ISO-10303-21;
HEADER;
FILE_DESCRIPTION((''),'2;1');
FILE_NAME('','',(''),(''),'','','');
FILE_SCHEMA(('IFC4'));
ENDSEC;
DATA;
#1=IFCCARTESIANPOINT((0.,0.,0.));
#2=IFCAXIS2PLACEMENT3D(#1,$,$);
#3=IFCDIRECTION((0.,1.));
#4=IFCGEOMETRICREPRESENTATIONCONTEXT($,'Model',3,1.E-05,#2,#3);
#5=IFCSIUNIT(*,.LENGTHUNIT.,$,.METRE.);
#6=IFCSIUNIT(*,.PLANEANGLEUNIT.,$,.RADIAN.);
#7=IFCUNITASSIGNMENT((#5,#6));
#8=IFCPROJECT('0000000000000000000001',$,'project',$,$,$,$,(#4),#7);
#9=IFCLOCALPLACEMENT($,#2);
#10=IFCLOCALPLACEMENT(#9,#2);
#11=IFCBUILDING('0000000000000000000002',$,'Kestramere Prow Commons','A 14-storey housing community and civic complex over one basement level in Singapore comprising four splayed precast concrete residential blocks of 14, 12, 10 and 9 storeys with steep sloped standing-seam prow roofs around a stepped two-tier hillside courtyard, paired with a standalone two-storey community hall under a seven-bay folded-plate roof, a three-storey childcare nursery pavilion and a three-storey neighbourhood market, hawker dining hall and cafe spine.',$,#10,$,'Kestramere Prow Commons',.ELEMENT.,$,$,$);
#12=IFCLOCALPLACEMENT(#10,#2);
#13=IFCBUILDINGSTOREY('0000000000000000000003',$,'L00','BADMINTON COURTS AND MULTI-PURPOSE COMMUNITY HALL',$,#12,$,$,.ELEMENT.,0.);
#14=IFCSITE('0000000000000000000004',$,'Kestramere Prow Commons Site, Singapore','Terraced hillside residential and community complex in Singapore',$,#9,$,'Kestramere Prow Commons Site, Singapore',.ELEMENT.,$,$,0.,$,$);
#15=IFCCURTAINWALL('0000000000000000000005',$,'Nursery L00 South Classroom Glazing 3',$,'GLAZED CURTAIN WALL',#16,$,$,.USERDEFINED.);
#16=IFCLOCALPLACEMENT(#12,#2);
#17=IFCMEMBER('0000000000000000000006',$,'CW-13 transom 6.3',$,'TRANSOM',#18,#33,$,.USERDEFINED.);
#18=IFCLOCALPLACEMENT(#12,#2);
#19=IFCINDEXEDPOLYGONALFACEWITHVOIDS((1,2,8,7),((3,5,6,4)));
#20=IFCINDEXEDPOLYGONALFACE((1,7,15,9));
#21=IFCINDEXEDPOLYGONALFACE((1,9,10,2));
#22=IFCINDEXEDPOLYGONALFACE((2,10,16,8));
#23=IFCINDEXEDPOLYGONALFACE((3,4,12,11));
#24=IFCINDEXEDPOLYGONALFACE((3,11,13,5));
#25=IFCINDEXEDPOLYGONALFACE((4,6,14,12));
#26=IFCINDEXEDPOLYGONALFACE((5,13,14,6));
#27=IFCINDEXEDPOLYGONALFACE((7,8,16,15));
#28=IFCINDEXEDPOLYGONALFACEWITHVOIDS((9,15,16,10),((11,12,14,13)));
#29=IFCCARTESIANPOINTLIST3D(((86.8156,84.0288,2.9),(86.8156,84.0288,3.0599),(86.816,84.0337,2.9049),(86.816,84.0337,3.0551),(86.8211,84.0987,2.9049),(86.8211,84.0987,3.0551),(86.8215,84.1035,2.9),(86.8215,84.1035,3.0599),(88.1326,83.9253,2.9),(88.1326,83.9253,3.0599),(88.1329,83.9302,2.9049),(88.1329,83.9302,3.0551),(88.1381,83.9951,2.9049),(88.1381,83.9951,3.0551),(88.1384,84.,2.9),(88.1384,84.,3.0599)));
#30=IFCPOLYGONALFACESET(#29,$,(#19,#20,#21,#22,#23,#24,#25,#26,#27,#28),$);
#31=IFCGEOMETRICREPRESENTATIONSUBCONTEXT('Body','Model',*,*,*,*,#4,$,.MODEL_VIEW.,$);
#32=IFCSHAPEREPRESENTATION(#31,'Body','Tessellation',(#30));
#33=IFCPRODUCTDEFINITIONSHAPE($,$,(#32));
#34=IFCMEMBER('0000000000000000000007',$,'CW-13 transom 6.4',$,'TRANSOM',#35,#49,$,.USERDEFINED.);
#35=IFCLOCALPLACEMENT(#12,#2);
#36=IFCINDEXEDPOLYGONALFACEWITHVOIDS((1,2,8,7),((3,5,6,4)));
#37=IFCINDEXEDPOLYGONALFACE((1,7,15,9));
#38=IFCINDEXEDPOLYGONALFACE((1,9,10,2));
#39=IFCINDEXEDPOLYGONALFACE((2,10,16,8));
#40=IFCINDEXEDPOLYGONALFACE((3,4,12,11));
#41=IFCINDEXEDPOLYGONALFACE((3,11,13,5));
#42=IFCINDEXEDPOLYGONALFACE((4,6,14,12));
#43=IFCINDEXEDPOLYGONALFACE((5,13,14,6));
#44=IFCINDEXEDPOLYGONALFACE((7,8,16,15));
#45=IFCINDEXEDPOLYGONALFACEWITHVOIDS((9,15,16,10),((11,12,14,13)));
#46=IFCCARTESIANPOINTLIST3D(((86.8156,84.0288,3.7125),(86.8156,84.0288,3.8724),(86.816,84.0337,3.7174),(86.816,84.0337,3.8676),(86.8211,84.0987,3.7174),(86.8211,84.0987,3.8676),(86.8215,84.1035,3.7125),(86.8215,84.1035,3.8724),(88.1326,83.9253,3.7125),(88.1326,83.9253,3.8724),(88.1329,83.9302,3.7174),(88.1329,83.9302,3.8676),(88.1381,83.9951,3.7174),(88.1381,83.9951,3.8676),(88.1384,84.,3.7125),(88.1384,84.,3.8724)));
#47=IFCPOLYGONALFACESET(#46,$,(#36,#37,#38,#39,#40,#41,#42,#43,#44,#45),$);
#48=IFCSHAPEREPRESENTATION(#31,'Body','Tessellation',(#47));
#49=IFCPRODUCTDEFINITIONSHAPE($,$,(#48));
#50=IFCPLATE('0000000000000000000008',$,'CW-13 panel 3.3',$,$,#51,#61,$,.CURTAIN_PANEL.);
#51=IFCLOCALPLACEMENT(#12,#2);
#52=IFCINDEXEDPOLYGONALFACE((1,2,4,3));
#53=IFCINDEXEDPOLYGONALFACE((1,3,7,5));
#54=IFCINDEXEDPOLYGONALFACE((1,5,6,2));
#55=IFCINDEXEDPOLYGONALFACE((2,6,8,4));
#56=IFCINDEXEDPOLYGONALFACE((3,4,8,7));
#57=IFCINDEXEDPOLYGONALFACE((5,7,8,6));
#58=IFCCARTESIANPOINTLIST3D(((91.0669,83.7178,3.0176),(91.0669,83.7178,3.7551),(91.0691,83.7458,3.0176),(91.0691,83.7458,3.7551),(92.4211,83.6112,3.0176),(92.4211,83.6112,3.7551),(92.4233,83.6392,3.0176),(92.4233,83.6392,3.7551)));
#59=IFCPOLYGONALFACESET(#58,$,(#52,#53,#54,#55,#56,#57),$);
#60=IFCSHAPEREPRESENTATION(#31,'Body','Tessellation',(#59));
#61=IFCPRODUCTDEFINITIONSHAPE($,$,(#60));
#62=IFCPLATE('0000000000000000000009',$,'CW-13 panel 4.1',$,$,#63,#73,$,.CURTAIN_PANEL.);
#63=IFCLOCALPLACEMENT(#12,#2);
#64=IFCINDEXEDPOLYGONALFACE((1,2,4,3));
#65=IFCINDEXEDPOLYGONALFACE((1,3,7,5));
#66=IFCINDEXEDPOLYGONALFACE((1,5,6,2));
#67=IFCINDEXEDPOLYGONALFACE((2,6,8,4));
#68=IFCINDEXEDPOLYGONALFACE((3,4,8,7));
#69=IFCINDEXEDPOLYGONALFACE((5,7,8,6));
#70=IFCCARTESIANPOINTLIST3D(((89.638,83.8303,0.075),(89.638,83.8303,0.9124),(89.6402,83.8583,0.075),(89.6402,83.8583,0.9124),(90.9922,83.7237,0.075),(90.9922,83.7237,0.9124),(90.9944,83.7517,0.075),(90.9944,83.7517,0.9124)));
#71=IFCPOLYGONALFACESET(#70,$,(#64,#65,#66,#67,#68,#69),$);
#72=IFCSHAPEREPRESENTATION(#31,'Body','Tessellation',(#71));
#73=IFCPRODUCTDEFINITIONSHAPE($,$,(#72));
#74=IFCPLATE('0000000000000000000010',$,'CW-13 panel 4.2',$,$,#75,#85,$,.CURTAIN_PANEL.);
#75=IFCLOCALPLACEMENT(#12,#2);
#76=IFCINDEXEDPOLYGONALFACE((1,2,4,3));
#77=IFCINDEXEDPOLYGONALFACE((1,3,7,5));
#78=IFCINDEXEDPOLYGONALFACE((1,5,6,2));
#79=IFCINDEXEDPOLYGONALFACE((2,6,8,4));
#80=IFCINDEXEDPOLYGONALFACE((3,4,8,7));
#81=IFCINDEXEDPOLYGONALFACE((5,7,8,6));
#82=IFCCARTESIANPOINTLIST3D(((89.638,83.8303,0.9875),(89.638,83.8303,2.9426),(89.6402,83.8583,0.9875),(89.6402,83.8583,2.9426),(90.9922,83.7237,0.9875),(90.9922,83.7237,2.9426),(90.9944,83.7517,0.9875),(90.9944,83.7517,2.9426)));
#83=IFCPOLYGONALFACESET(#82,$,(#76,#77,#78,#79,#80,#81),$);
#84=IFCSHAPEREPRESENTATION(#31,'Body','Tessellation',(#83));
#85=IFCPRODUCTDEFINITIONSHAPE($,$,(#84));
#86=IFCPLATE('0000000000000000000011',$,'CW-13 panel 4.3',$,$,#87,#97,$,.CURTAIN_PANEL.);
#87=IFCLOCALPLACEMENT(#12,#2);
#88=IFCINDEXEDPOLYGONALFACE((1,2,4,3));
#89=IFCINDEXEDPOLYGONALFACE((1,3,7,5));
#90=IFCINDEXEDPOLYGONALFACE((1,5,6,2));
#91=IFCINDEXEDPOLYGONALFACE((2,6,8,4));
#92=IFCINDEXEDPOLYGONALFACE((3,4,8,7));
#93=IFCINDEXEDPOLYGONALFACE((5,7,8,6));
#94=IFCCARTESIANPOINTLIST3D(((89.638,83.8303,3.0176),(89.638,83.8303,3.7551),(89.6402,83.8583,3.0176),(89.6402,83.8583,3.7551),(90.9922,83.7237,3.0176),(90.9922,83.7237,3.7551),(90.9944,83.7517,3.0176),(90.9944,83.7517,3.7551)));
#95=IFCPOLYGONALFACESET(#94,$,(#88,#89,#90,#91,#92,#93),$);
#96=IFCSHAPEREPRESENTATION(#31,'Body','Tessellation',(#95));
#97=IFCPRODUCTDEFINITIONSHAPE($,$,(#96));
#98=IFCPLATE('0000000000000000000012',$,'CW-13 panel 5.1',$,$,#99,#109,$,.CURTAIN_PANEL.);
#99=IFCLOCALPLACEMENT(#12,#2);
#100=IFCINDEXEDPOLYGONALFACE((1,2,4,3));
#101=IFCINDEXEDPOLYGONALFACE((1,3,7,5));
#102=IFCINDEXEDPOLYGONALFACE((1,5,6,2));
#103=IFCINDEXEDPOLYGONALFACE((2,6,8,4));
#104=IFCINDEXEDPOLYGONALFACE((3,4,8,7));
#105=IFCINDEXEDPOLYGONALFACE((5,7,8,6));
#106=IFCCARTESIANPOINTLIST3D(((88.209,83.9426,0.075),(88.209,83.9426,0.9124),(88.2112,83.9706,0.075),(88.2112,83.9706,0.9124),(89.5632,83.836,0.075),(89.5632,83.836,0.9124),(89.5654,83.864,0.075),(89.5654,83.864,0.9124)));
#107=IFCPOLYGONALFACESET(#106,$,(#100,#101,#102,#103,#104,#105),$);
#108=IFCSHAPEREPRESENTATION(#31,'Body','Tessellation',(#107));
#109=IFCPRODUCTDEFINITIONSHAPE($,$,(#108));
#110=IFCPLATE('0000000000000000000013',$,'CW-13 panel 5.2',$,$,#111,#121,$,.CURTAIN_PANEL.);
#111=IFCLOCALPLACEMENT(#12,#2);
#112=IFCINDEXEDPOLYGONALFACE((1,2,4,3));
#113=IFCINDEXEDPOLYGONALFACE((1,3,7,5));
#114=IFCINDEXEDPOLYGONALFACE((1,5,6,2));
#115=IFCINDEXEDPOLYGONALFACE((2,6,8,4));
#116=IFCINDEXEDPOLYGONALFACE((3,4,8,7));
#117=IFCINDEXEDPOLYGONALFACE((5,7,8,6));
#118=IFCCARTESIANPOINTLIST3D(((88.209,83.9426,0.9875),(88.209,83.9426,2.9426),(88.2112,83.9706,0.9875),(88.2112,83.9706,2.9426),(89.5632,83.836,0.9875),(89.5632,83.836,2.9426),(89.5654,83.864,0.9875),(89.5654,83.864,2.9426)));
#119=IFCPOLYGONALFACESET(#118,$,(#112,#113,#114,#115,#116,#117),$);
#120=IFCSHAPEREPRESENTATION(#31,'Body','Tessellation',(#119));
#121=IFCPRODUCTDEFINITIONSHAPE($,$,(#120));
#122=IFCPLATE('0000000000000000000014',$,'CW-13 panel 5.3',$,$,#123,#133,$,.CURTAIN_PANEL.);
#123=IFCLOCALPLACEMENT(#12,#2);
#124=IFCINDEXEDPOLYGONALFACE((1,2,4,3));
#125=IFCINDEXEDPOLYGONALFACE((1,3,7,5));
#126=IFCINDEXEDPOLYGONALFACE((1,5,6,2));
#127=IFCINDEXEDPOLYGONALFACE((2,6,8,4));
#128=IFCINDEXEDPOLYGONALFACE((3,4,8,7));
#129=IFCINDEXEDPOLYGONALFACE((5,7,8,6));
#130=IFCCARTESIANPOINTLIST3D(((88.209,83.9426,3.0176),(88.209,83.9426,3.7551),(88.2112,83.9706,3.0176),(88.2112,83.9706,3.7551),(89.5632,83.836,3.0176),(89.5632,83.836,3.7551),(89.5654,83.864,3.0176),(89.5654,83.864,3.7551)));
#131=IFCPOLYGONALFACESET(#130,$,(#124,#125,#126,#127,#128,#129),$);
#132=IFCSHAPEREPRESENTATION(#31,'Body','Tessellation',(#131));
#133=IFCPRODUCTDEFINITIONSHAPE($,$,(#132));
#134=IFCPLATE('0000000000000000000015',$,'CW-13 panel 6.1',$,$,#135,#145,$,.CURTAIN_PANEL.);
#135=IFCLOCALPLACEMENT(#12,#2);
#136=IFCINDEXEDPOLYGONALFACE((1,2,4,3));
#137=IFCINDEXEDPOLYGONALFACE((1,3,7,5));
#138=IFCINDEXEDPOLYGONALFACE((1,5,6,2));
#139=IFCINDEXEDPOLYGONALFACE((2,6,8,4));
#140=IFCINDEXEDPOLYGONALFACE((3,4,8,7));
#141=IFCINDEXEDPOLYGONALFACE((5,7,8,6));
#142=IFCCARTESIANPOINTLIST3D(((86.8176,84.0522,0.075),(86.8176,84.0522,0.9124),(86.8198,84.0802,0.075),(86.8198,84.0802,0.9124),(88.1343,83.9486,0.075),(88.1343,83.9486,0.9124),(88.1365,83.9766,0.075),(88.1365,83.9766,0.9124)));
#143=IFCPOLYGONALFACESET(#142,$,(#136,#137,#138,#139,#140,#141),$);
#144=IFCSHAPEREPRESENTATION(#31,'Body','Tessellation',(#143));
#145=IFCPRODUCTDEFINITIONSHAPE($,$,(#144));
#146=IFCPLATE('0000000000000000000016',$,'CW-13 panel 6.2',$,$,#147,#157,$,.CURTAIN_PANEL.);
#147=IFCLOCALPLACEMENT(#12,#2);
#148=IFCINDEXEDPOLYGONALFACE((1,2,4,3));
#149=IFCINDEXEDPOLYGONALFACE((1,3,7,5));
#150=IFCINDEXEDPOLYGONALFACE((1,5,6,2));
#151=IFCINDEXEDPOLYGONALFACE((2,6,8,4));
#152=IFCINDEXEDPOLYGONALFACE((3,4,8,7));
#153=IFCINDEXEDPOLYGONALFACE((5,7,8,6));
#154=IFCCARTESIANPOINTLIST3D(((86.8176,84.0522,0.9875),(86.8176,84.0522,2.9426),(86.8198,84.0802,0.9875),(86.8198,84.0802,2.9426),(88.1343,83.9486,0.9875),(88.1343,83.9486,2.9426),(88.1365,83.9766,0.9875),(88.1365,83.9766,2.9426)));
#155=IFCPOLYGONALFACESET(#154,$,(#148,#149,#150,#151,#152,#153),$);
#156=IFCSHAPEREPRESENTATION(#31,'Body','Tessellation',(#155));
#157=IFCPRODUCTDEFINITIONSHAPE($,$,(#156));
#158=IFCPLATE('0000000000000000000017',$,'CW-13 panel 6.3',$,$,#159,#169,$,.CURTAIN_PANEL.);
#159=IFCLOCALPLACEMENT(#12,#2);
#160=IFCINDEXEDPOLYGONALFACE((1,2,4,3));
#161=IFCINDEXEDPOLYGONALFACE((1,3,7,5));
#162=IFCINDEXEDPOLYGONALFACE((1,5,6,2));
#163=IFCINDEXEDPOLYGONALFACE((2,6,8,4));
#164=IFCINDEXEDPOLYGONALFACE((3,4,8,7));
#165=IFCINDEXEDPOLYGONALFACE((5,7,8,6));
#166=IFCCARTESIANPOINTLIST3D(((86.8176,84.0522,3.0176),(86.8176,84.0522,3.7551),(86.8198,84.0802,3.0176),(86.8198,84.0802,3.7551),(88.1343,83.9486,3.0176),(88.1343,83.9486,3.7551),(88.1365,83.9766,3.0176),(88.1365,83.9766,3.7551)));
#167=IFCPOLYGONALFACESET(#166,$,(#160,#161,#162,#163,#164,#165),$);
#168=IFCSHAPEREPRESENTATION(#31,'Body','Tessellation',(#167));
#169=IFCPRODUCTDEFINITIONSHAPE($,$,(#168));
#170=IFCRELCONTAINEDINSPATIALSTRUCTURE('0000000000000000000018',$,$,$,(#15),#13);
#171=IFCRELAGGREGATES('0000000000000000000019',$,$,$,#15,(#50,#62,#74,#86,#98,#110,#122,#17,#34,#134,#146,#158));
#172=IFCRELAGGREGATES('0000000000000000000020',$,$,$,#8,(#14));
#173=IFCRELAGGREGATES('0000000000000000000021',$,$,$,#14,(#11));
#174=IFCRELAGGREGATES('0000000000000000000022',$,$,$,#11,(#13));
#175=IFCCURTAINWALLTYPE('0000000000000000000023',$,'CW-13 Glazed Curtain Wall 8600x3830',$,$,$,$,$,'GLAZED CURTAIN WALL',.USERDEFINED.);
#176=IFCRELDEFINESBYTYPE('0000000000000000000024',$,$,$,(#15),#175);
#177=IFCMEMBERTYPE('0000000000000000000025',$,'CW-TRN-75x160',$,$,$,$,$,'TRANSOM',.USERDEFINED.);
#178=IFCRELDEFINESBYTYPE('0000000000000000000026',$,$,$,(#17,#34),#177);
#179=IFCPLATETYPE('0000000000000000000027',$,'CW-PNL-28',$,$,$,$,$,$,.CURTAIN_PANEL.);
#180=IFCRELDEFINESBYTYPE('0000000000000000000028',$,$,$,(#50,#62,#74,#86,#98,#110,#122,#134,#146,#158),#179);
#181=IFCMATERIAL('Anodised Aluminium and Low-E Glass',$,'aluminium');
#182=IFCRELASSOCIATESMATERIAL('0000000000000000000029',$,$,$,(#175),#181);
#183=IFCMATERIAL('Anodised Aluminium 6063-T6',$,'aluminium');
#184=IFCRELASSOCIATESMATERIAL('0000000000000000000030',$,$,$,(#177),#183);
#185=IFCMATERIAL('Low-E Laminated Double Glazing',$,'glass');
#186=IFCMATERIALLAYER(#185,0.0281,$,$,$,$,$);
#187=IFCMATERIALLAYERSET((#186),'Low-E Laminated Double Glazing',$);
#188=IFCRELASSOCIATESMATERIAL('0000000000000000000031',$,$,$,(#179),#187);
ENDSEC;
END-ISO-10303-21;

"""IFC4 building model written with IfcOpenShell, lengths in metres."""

from ifc_helpers import new_model, si_unit, direction, frame, origin, origin_2d, place, context, subcontext, project, spatial, rectangle, hollow_rectangle, extrude, material, layer, layer_set, material_profile, profile_set, type_object, element, aggregate, save


model = new_model("IFC4")

# Units and contexts
model_context = context("Model", 3, precision=1e-05, world=origin(), true_north=direction((0.0, 1.0)))
body_context = subcontext(model_context, "Body", "Model", "MODEL_VIEW")
ifc_project = project(units=[si_unit("LENGTHUNIT", "METRE"), si_unit("PLANEANGLEUNIT", "RADIAN")], contexts=[model_context])

# Site, building, storey
site_placement = place(None, origin())
site = spatial("IfcSite", under=ifc_project, at=site_placement, Name="Kestramere Prow Commons Site, Singapore", Description="Terraced hillside residential and community complex in Singapore", LongName="Kestramere Prow Commons Site, Singapore", CompositionType="ELEMENT", RefElevation=0.0)
building_placement = place(site_placement, origin())
building = spatial("IfcBuilding", under=site, at=building_placement, Name="Kestramere Prow Commons", Description="A 14-storey housing community and civic complex over one basement level in Singapore comprising four splayed precast concrete residential blocks of 14, 12, 10 and 9 storeys with steep sloped standing-seam prow roofs around a stepped two-tier hillside courtyard, paired with a standalone two-storey community hall under a seven-bay folded-plate roof, a three-storey childcare nursery pavilion and a three-storey neighbourhood market, hawker dining hall and cafe spine.", LongName="Kestramere Prow Commons", CompositionType="ELEMENT")
storey_placement = place(building_placement, origin())
storey = spatial("IfcBuildingStorey", under=building, at=storey_placement, Name="L00", Description="BADMINTON COURTS AND MULTI-PURPOSE COMMUNITY HALL", CompositionType="ELEMENT", Elevation=0.0)

# Curtain wall, members, plates
ifc_material_1 = material(Name="Anodised Aluminium and Low-E Glass", Category="aluminium")
curtain_wall_type = type_object("IfcCurtainWallType", Name="CW-13 Glazed Curtain Wall 8600x3830", ElementType="GLAZED CURTAIN WALL", PredefinedType="USERDEFINED", material=ifc_material_1)
curtain_wall_placement = place(storey_placement, origin())
curtain_wall = element("IfcCurtainWall", 1, at=curtain_wall_placement, inside=storey, type_object=curtain_wall_type, Name="Nursery L00 South Classroom Glazing 3", ObjectType="GLAZED CURTAIN WALL", PredefinedType="USERDEFINED")
ifc_material_2 = material(Name="Anodised Aluminium 6063-T6", Category="aluminium")
ifc_material_profile_1 = material_profile(ifc_material_2, hollow_rectangle(XDim=0.075, YDim=0.1599, WallThickness=0.0049, at=origin_2d()), Name="ALU-TRN 75x160")
ifc_profile_set_1 = profile_set([ifc_material_profile_1], Name="Anodised Aluminium 6063-T6")
member_type_1 = type_object("IfcMemberType", Name="CW-TRN-75x160", ElementType="TRANSOM", PredefinedType="USERDEFINED", material=ifc_profile_set_1)
member_1_placement = place(storey_placement, frame((88.1355, 83.9626, 2.98), z_axis=(-0.996925, 0.078364, 0.0), x_axis=(-0.078364, -0.996925, 0.0)))
member_1 = element("IfcMember", 2, at=member_1_placement, type_object=member_type_1, Name="CW-13 transom 6.3", ObjectType="TRANSOM", PredefinedType="USERDEFINED", context=body_context, shape_type="SweptSolid", body=[
    extrude(hollow_rectangle(XDim=0.075, YDim=0.1599, WallThickness=0.0049, at=origin_2d()), origin(), (0.0, 0.0, 1.0), 1.321),
])
member_2_placement = place(storey_placement, frame((88.1355, 83.9626, 3.7925), z_axis=(-0.996925, 0.078364, 0.0), x_axis=(-0.078364, -0.996925, 0.0)))
member_2 = element("IfcMember", 3, at=member_2_placement, type_object=member_type_1, Name="CW-13 transom 6.4", ObjectType="TRANSOM", PredefinedType="USERDEFINED", context=body_context, shape_type="SweptSolid", body=[
    extrude(hollow_rectangle(XDim=0.075, YDim=0.1599, WallThickness=0.0049, at=origin_2d()), origin(), (0.0, 0.0, 1.0), 1.321),
])
ifc_material_3 = material(Name="Low-E Laminated Double Glazing", Category="glass")
ifc_layer = layer(ifc_material_3, 0.0281)
ifc_layer_set = layer_set([ifc_layer], Name="Low-E Laminated Double Glazing")
plate_type = type_object("IfcPlateType", Name="CW-PNL-28", PredefinedType="CURTAIN_PANEL", material=ifc_layer_set)
plate_1_placement = place(storey_placement, frame((91.7451, 83.6785, 3.0176), z_axis=(0.0, 0.0, 1.0), x_axis=(-0.996917, 0.078459, 0.0)))
plate_1 = element("IfcPlate", 4, at=plate_1_placement, type_object=plate_type, Name="CW-13 panel 3.3", PredefinedType="CURTAIN_PANEL", context=body_context, shape_type="SweptSolid", body=[
    extrude(rectangle(XDim=1.3584, YDim=0.0281, at=origin_2d()), origin(), (0.0, 0.0, 1.0), 0.7375),
])
plate_2_placement = place(storey_placement, frame((90.3162, 83.791, 0.075), z_axis=(0.0, 0.0, 1.0), x_axis=(-0.996917, 0.078459, 0.0)))
plate_2 = element("IfcPlate", 5, at=plate_2_placement, type_object=plate_type, Name="CW-13 panel 4.1", PredefinedType="CURTAIN_PANEL", context=body_context, shape_type="SweptSolid", body=[
    extrude(rectangle(XDim=1.3584, YDim=0.0281, at=origin_2d()), origin(), (0.0, 0.0, 1.0), 0.8374),
])
plate_3_placement = place(storey_placement, frame((90.3162, 83.791, 0.9875), z_axis=(0.0, 0.0, 1.0), x_axis=(-0.996917, 0.078459, 0.0)))
plate_3 = element("IfcPlate", 6, at=plate_3_placement, type_object=plate_type, Name="CW-13 panel 4.2", PredefinedType="CURTAIN_PANEL", context=body_context, shape_type="SweptSolid", body=[
    extrude(rectangle(XDim=1.3584, YDim=0.0281, at=origin_2d()), origin(), (0.0, 0.0, 1.0), 1.9551),
])
plate_4_placement = place(storey_placement, frame((90.3162, 83.791, 3.0176), z_axis=(0.0, 0.0, 1.0), x_axis=(-0.996917, 0.078459, 0.0)))
plate_4 = element("IfcPlate", 7, at=plate_4_placement, type_object=plate_type, Name="CW-13 panel 4.3", PredefinedType="CURTAIN_PANEL", context=body_context, shape_type="SweptSolid", body=[
    extrude(rectangle(XDim=1.3584, YDim=0.0281, at=origin_2d()), origin(), (0.0, 0.0, 1.0), 0.7375),
])
plate_5_placement = place(storey_placement, frame((88.8872, 83.9033, 0.075), z_axis=(0.0, 0.0, 1.0), x_axis=(-0.996917, 0.078459, 0.0)))
plate_5 = element("IfcPlate", 8, at=plate_5_placement, type_object=plate_type, Name="CW-13 panel 5.1", PredefinedType="CURTAIN_PANEL", context=body_context, shape_type="SweptSolid", body=[
    extrude(rectangle(XDim=1.3584, YDim=0.0281, at=origin_2d()), origin(), (0.0, 0.0, 1.0), 0.8374),
])
plate_6_placement = place(storey_placement, frame((88.8872, 83.9033, 0.9875), z_axis=(0.0, 0.0, 1.0), x_axis=(-0.996917, 0.078459, 0.0)))
plate_6 = element("IfcPlate", 9, at=plate_6_placement, type_object=plate_type, Name="CW-13 panel 5.2", PredefinedType="CURTAIN_PANEL", context=body_context, shape_type="SweptSolid", body=[
    extrude(rectangle(XDim=1.3584, YDim=0.0281, at=origin_2d()), origin(), (0.0, 0.0, 1.0), 1.9551),
])
plate_7_placement = place(storey_placement, frame((88.8872, 83.9033, 3.0176), z_axis=(0.0, 0.0, 1.0), x_axis=(-0.996917, 0.078459, 0.0)))
plate_7 = element("IfcPlate", 10, at=plate_7_placement, type_object=plate_type, Name="CW-13 panel 5.3", PredefinedType="CURTAIN_PANEL", context=body_context, shape_type="SweptSolid", body=[
    extrude(rectangle(XDim=1.3584, YDim=0.0281, at=origin_2d()), origin(), (0.0, 0.0, 1.0), 0.7375),
])
plate_8_placement = place(storey_placement, frame((87.4771, 84.0144, 0.075), z_axis=(0.0, 0.0, 1.0), x_axis=(-0.996917, 0.078459, 0.0)))
plate_8 = element("IfcPlate", 11, at=plate_8_placement, type_object=plate_type, Name="CW-13 panel 6.1", PredefinedType="CURTAIN_PANEL", context=body_context, shape_type="SweptSolid", body=[
    extrude(rectangle(XDim=1.3208, YDim=0.0281, at=origin_2d()), origin(), (0.0, 0.0, 1.0), 0.8374),
])
plate_9_placement = place(storey_placement, frame((87.4771, 84.0144, 0.9875), z_axis=(0.0, 0.0, 1.0), x_axis=(-0.996917, 0.078459, 0.0)))
plate_9 = element("IfcPlate", 12, at=plate_9_placement, type_object=plate_type, Name="CW-13 panel 6.2", PredefinedType="CURTAIN_PANEL", context=body_context, shape_type="SweptSolid", body=[
    extrude(rectangle(XDim=1.3208, YDim=0.0281, at=origin_2d()), origin(), (0.0, 0.0, 1.0), 1.9551),
])
plate_10_placement = place(storey_placement, frame((87.4771, 84.0144, 3.0176), z_axis=(0.0, 0.0, 1.0), x_axis=(-0.996917, 0.078459, 0.0)))
plate_10 = element("IfcPlate", 13, at=plate_10_placement, type_object=plate_type, Name="CW-13 panel 6.3", PredefinedType="CURTAIN_PANEL", context=body_context, shape_type="SweptSolid", body=[
    extrude(rectangle(XDim=1.3208, YDim=0.0281, at=origin_2d()), origin(), (0.0, 0.0, 1.0), 0.7375),
])
aggregate(curtain_wall, [plate_1, plate_2, plate_3, plate_4, plate_5, plate_6, plate_7, member_1, member_2, plate_8, plate_9, plate_10])

save(model, "model.ifc")
